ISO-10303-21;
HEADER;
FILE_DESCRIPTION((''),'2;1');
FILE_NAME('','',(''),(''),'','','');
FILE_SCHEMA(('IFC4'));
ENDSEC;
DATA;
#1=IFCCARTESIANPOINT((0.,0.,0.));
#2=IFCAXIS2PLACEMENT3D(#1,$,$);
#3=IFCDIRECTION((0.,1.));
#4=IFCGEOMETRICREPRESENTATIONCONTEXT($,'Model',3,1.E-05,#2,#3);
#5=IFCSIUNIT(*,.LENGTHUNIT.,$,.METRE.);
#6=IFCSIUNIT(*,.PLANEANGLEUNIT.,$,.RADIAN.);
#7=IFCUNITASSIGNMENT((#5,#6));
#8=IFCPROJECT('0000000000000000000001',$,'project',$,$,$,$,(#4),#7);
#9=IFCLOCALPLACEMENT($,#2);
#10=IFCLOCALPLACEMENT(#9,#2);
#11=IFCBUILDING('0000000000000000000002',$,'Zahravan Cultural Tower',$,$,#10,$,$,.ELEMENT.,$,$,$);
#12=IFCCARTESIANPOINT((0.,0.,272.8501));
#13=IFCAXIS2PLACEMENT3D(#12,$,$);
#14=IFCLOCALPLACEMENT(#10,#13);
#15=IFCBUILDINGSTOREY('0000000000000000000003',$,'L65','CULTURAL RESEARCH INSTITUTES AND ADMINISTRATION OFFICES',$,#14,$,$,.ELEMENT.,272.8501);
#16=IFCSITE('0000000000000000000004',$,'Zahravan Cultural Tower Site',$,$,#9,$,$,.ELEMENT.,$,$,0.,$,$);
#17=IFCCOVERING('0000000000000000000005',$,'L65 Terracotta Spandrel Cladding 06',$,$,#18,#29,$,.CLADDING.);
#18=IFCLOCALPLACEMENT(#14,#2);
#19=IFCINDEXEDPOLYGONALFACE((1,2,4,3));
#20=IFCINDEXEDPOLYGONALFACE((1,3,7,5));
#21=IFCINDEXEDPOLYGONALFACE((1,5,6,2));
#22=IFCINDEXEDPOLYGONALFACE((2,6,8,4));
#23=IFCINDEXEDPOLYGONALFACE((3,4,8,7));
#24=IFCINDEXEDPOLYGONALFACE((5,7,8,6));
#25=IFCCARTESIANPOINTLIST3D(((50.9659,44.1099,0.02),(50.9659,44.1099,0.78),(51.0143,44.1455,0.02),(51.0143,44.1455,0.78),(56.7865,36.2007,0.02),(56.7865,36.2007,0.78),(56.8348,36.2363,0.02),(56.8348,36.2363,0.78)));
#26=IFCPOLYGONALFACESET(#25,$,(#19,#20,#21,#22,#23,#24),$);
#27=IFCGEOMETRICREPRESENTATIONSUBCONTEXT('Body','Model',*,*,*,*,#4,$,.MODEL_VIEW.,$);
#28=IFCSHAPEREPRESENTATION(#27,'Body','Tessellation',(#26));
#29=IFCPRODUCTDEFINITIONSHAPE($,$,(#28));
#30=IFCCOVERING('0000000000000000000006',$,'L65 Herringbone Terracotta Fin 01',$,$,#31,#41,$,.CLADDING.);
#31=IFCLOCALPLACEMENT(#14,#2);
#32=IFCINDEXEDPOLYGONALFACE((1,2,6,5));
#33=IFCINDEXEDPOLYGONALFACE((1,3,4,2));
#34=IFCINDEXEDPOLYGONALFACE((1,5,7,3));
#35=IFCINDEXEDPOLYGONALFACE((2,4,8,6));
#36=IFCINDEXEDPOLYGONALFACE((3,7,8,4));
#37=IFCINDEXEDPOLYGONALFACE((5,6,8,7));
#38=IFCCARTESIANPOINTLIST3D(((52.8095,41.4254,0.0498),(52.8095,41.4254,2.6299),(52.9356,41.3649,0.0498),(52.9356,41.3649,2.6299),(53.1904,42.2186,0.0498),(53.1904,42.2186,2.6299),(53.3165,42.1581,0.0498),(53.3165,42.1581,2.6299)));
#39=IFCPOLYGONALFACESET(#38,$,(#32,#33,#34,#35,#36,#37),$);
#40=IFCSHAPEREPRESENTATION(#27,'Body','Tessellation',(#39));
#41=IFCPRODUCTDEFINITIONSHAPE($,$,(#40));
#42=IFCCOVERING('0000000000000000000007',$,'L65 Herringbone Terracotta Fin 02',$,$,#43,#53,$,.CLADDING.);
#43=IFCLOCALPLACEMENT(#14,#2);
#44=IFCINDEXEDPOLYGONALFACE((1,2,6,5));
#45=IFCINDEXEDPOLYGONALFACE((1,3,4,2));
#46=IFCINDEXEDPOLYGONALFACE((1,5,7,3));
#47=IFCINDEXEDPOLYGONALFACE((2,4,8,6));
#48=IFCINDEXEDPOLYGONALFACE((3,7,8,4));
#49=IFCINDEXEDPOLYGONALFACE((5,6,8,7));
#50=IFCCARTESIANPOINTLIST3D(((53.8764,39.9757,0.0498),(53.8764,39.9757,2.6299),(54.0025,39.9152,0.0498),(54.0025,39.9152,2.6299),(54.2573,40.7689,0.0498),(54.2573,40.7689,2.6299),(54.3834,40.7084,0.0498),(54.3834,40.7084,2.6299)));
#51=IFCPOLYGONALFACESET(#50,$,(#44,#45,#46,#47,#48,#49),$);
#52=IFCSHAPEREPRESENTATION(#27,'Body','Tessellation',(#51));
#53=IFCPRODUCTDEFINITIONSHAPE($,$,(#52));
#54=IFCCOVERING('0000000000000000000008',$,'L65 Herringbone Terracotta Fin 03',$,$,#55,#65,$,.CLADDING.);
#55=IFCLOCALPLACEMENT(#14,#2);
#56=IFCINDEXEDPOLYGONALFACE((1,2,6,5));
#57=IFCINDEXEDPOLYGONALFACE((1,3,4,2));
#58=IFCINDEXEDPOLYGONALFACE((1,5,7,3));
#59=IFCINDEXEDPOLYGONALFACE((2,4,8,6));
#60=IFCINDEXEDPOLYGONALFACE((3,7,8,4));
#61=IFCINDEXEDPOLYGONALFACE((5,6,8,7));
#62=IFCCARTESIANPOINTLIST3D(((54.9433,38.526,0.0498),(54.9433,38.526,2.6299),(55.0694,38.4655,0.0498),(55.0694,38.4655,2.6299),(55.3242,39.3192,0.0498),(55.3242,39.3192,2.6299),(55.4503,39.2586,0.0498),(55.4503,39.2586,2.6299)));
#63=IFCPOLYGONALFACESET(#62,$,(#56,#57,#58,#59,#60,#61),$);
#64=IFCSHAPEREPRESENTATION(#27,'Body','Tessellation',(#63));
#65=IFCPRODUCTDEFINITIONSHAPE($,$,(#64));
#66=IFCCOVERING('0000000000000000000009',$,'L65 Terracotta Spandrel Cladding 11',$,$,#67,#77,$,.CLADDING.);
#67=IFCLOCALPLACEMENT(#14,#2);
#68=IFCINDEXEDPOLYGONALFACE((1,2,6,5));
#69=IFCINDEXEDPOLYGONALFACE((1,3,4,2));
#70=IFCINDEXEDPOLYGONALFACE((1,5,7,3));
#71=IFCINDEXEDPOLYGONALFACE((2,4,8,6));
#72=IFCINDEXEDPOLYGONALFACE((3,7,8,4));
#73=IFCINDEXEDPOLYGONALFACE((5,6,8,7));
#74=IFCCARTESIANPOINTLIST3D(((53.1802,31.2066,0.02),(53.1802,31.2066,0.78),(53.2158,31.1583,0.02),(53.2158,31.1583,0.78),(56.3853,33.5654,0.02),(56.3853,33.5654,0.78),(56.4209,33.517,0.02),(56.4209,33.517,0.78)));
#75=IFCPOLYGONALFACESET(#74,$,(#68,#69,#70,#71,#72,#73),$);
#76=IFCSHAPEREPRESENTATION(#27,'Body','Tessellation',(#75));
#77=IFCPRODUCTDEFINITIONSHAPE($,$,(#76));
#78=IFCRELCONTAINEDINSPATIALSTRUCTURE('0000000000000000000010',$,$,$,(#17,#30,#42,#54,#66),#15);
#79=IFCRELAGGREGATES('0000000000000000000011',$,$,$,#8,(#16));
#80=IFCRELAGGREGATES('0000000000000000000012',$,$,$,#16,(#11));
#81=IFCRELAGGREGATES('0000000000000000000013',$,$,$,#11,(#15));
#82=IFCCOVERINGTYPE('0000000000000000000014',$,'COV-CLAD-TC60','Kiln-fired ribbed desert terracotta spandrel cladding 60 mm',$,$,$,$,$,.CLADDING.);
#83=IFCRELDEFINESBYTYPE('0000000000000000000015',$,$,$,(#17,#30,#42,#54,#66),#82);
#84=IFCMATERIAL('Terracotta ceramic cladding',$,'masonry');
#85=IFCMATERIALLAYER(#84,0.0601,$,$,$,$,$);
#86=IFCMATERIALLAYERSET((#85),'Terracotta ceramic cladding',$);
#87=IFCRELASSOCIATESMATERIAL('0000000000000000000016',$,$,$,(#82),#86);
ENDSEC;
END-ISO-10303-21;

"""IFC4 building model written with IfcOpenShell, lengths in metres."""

from ifc_helpers import new_model, si_unit, direction, frame, origin, origin_2d, place, context, subcontext, project, spatial, rectangle, extrude, source, transform, mapped, material, layer, layer_set, type_object, element, save


model = new_model("IFC4")

# Units and contexts
model_context = context("Model", 3, precision=1e-05, world=origin(), true_north=direction((0.0, 1.0)))
body_context = subcontext(model_context, "Body", "Model", "MODEL_VIEW")
ifc_project = project(units=[si_unit("LENGTHUNIT", "METRE"), si_unit("PLANEANGLEUNIT", "RADIAN")], contexts=[model_context])

# Site, building, storey
site_placement = place(None, origin())
site = spatial("IfcSite", under=ifc_project, at=site_placement, Name="Zahravan Cultural Tower Site", CompositionType="ELEMENT", RefElevation=0.0)
building_placement = place(site_placement, origin())
building = spatial("IfcBuilding", under=site, at=building_placement, Name="Zahravan Cultural Tower", CompositionType="ELEMENT")
storey_placement = place(building_placement, frame((0.0, 0.0, 272.8501)))
storey = spatial("IfcBuildingStorey", under=building, at=storey_placement, Name="L65", Description="CULTURAL RESEARCH INSTITUTES AND ADMINISTRATION OFFICES", CompositionType="ELEMENT", Elevation=272.8501)

# Coverings
ifc_material_1 = material(Name="Terracotta ceramic cladding", Category="masonry")
ifc_layer_1 = layer(ifc_material_1, 0.0601)
ifc_layer_set_1 = layer_set([ifc_layer_1], Name="Terracotta ceramic cladding")
covering_type = type_object("IfcCoveringType", Name="COV-CLAD-TC60", Description="Kiln-fired ribbed desert terracotta spandrel cladding 60 mm", PredefinedType="CLADDING", material=ifc_layer_set_1)
shared_shape_1 = source(origin(), body_context, "Body", "SweptSolid", [
    extrude(rectangle(XDim=9.8201, YDim=0.0601, at=origin_2d()), origin(), (0.0, 0.0, 1.0), 0.76),
])
covering_1_placement = place(storey_placement, frame((53.9004, 40.1731, 0.02), z_axis=(0.0, 0.0, 1.0), x_axis=(0.592716, -0.805411, 0.0)))
element("IfcCovering", 1, at=covering_1_placement, inside=storey, type_object=covering_type, Name="L65 Terracotta Spandrel Cladding 06", PredefinedType="CLADDING", context=body_context, shape_type="MappedRepresentation", body=[
    mapped(shared_shape_1, transform((0.0, 0.0, 0.0), x_axis=(1.0, 0.0, 0.0), y_axis=(0.0, 1.0, 0.0), z_axis=(0.0, 0.0, 1.0), scale=1.0)),
])
shared_shape_2 = source(origin(), body_context, "Body", "SweptSolid", [
    extrude(rectangle(XDim=0.8799, YDim=0.1399, at=origin_2d()), origin(), (0.0, 0.0, 1.0), 2.5801),
])
for number, where, z_axis, x_axis, name in (
    (2, (53.063, 41.7917, 0.0498), (0.0, 0.0, 1.0), (0.432873, 0.901455, 0.0), "L65 Herringbone Terracotta Fin 01"),
    (3, (54.1299, 40.342, 0.0498), (0.0, 0.0, 1.0), (0.432873, 0.901455, 0.0), "L65 Herringbone Terracotta Fin 02"),
    (4, (55.1968, 38.8923, 0.0498), (0.0, 0.0, 1.0), (0.432873, 0.901455, 0.0), "L65 Herringbone Terracotta Fin 03"),
):
    element("IfcCovering", number, at=place(storey_placement, frame(where, z_axis=z_axis, x_axis=x_axis)), inside=storey, type_object=covering_type, Name=name, PredefinedType="CLADDING", context=body_context, shape_type="MappedRepresentation", body=[
        mapped(shared_shape_2, transform((0.0, 0.0, 0.0), x_axis=(1.0, 0.0, 0.0), y_axis=(0.0, 1.0, 0.0), z_axis=(0.0, 0.0, 1.0), scale=1.0)),
    ])
shared_shape_3 = source(origin(), body_context, "Body", "SweptSolid", [
    extrude(rectangle(XDim=3.9795, YDim=0.0601, at=origin_2d()), origin(), (0.0, 0.0, 1.0), 0.76),
])
covering_2_placement = place(storey_placement, frame((54.8005, 32.3618, 0.02), z_axis=(0.0, 0.0, 1.0), x_axis=(-0.805411, -0.592716, 0.0)))
element("IfcCovering", 5, at=covering_2_placement, inside=storey, type_object=covering_type, Name="L65 Terracotta Spandrel Cladding 11", PredefinedType="CLADDING", context=body_context, shape_type="MappedRepresentation", body=[
    mapped(shared_shape_3, transform((0.0, 0.0, 0.0), x_axis=(1.0, 0.0, 0.0), y_axis=(0.0, 1.0, 0.0), z_axis=(0.0, 0.0, 1.0), scale=1.0)),
])

save(model, "model.ifc")
